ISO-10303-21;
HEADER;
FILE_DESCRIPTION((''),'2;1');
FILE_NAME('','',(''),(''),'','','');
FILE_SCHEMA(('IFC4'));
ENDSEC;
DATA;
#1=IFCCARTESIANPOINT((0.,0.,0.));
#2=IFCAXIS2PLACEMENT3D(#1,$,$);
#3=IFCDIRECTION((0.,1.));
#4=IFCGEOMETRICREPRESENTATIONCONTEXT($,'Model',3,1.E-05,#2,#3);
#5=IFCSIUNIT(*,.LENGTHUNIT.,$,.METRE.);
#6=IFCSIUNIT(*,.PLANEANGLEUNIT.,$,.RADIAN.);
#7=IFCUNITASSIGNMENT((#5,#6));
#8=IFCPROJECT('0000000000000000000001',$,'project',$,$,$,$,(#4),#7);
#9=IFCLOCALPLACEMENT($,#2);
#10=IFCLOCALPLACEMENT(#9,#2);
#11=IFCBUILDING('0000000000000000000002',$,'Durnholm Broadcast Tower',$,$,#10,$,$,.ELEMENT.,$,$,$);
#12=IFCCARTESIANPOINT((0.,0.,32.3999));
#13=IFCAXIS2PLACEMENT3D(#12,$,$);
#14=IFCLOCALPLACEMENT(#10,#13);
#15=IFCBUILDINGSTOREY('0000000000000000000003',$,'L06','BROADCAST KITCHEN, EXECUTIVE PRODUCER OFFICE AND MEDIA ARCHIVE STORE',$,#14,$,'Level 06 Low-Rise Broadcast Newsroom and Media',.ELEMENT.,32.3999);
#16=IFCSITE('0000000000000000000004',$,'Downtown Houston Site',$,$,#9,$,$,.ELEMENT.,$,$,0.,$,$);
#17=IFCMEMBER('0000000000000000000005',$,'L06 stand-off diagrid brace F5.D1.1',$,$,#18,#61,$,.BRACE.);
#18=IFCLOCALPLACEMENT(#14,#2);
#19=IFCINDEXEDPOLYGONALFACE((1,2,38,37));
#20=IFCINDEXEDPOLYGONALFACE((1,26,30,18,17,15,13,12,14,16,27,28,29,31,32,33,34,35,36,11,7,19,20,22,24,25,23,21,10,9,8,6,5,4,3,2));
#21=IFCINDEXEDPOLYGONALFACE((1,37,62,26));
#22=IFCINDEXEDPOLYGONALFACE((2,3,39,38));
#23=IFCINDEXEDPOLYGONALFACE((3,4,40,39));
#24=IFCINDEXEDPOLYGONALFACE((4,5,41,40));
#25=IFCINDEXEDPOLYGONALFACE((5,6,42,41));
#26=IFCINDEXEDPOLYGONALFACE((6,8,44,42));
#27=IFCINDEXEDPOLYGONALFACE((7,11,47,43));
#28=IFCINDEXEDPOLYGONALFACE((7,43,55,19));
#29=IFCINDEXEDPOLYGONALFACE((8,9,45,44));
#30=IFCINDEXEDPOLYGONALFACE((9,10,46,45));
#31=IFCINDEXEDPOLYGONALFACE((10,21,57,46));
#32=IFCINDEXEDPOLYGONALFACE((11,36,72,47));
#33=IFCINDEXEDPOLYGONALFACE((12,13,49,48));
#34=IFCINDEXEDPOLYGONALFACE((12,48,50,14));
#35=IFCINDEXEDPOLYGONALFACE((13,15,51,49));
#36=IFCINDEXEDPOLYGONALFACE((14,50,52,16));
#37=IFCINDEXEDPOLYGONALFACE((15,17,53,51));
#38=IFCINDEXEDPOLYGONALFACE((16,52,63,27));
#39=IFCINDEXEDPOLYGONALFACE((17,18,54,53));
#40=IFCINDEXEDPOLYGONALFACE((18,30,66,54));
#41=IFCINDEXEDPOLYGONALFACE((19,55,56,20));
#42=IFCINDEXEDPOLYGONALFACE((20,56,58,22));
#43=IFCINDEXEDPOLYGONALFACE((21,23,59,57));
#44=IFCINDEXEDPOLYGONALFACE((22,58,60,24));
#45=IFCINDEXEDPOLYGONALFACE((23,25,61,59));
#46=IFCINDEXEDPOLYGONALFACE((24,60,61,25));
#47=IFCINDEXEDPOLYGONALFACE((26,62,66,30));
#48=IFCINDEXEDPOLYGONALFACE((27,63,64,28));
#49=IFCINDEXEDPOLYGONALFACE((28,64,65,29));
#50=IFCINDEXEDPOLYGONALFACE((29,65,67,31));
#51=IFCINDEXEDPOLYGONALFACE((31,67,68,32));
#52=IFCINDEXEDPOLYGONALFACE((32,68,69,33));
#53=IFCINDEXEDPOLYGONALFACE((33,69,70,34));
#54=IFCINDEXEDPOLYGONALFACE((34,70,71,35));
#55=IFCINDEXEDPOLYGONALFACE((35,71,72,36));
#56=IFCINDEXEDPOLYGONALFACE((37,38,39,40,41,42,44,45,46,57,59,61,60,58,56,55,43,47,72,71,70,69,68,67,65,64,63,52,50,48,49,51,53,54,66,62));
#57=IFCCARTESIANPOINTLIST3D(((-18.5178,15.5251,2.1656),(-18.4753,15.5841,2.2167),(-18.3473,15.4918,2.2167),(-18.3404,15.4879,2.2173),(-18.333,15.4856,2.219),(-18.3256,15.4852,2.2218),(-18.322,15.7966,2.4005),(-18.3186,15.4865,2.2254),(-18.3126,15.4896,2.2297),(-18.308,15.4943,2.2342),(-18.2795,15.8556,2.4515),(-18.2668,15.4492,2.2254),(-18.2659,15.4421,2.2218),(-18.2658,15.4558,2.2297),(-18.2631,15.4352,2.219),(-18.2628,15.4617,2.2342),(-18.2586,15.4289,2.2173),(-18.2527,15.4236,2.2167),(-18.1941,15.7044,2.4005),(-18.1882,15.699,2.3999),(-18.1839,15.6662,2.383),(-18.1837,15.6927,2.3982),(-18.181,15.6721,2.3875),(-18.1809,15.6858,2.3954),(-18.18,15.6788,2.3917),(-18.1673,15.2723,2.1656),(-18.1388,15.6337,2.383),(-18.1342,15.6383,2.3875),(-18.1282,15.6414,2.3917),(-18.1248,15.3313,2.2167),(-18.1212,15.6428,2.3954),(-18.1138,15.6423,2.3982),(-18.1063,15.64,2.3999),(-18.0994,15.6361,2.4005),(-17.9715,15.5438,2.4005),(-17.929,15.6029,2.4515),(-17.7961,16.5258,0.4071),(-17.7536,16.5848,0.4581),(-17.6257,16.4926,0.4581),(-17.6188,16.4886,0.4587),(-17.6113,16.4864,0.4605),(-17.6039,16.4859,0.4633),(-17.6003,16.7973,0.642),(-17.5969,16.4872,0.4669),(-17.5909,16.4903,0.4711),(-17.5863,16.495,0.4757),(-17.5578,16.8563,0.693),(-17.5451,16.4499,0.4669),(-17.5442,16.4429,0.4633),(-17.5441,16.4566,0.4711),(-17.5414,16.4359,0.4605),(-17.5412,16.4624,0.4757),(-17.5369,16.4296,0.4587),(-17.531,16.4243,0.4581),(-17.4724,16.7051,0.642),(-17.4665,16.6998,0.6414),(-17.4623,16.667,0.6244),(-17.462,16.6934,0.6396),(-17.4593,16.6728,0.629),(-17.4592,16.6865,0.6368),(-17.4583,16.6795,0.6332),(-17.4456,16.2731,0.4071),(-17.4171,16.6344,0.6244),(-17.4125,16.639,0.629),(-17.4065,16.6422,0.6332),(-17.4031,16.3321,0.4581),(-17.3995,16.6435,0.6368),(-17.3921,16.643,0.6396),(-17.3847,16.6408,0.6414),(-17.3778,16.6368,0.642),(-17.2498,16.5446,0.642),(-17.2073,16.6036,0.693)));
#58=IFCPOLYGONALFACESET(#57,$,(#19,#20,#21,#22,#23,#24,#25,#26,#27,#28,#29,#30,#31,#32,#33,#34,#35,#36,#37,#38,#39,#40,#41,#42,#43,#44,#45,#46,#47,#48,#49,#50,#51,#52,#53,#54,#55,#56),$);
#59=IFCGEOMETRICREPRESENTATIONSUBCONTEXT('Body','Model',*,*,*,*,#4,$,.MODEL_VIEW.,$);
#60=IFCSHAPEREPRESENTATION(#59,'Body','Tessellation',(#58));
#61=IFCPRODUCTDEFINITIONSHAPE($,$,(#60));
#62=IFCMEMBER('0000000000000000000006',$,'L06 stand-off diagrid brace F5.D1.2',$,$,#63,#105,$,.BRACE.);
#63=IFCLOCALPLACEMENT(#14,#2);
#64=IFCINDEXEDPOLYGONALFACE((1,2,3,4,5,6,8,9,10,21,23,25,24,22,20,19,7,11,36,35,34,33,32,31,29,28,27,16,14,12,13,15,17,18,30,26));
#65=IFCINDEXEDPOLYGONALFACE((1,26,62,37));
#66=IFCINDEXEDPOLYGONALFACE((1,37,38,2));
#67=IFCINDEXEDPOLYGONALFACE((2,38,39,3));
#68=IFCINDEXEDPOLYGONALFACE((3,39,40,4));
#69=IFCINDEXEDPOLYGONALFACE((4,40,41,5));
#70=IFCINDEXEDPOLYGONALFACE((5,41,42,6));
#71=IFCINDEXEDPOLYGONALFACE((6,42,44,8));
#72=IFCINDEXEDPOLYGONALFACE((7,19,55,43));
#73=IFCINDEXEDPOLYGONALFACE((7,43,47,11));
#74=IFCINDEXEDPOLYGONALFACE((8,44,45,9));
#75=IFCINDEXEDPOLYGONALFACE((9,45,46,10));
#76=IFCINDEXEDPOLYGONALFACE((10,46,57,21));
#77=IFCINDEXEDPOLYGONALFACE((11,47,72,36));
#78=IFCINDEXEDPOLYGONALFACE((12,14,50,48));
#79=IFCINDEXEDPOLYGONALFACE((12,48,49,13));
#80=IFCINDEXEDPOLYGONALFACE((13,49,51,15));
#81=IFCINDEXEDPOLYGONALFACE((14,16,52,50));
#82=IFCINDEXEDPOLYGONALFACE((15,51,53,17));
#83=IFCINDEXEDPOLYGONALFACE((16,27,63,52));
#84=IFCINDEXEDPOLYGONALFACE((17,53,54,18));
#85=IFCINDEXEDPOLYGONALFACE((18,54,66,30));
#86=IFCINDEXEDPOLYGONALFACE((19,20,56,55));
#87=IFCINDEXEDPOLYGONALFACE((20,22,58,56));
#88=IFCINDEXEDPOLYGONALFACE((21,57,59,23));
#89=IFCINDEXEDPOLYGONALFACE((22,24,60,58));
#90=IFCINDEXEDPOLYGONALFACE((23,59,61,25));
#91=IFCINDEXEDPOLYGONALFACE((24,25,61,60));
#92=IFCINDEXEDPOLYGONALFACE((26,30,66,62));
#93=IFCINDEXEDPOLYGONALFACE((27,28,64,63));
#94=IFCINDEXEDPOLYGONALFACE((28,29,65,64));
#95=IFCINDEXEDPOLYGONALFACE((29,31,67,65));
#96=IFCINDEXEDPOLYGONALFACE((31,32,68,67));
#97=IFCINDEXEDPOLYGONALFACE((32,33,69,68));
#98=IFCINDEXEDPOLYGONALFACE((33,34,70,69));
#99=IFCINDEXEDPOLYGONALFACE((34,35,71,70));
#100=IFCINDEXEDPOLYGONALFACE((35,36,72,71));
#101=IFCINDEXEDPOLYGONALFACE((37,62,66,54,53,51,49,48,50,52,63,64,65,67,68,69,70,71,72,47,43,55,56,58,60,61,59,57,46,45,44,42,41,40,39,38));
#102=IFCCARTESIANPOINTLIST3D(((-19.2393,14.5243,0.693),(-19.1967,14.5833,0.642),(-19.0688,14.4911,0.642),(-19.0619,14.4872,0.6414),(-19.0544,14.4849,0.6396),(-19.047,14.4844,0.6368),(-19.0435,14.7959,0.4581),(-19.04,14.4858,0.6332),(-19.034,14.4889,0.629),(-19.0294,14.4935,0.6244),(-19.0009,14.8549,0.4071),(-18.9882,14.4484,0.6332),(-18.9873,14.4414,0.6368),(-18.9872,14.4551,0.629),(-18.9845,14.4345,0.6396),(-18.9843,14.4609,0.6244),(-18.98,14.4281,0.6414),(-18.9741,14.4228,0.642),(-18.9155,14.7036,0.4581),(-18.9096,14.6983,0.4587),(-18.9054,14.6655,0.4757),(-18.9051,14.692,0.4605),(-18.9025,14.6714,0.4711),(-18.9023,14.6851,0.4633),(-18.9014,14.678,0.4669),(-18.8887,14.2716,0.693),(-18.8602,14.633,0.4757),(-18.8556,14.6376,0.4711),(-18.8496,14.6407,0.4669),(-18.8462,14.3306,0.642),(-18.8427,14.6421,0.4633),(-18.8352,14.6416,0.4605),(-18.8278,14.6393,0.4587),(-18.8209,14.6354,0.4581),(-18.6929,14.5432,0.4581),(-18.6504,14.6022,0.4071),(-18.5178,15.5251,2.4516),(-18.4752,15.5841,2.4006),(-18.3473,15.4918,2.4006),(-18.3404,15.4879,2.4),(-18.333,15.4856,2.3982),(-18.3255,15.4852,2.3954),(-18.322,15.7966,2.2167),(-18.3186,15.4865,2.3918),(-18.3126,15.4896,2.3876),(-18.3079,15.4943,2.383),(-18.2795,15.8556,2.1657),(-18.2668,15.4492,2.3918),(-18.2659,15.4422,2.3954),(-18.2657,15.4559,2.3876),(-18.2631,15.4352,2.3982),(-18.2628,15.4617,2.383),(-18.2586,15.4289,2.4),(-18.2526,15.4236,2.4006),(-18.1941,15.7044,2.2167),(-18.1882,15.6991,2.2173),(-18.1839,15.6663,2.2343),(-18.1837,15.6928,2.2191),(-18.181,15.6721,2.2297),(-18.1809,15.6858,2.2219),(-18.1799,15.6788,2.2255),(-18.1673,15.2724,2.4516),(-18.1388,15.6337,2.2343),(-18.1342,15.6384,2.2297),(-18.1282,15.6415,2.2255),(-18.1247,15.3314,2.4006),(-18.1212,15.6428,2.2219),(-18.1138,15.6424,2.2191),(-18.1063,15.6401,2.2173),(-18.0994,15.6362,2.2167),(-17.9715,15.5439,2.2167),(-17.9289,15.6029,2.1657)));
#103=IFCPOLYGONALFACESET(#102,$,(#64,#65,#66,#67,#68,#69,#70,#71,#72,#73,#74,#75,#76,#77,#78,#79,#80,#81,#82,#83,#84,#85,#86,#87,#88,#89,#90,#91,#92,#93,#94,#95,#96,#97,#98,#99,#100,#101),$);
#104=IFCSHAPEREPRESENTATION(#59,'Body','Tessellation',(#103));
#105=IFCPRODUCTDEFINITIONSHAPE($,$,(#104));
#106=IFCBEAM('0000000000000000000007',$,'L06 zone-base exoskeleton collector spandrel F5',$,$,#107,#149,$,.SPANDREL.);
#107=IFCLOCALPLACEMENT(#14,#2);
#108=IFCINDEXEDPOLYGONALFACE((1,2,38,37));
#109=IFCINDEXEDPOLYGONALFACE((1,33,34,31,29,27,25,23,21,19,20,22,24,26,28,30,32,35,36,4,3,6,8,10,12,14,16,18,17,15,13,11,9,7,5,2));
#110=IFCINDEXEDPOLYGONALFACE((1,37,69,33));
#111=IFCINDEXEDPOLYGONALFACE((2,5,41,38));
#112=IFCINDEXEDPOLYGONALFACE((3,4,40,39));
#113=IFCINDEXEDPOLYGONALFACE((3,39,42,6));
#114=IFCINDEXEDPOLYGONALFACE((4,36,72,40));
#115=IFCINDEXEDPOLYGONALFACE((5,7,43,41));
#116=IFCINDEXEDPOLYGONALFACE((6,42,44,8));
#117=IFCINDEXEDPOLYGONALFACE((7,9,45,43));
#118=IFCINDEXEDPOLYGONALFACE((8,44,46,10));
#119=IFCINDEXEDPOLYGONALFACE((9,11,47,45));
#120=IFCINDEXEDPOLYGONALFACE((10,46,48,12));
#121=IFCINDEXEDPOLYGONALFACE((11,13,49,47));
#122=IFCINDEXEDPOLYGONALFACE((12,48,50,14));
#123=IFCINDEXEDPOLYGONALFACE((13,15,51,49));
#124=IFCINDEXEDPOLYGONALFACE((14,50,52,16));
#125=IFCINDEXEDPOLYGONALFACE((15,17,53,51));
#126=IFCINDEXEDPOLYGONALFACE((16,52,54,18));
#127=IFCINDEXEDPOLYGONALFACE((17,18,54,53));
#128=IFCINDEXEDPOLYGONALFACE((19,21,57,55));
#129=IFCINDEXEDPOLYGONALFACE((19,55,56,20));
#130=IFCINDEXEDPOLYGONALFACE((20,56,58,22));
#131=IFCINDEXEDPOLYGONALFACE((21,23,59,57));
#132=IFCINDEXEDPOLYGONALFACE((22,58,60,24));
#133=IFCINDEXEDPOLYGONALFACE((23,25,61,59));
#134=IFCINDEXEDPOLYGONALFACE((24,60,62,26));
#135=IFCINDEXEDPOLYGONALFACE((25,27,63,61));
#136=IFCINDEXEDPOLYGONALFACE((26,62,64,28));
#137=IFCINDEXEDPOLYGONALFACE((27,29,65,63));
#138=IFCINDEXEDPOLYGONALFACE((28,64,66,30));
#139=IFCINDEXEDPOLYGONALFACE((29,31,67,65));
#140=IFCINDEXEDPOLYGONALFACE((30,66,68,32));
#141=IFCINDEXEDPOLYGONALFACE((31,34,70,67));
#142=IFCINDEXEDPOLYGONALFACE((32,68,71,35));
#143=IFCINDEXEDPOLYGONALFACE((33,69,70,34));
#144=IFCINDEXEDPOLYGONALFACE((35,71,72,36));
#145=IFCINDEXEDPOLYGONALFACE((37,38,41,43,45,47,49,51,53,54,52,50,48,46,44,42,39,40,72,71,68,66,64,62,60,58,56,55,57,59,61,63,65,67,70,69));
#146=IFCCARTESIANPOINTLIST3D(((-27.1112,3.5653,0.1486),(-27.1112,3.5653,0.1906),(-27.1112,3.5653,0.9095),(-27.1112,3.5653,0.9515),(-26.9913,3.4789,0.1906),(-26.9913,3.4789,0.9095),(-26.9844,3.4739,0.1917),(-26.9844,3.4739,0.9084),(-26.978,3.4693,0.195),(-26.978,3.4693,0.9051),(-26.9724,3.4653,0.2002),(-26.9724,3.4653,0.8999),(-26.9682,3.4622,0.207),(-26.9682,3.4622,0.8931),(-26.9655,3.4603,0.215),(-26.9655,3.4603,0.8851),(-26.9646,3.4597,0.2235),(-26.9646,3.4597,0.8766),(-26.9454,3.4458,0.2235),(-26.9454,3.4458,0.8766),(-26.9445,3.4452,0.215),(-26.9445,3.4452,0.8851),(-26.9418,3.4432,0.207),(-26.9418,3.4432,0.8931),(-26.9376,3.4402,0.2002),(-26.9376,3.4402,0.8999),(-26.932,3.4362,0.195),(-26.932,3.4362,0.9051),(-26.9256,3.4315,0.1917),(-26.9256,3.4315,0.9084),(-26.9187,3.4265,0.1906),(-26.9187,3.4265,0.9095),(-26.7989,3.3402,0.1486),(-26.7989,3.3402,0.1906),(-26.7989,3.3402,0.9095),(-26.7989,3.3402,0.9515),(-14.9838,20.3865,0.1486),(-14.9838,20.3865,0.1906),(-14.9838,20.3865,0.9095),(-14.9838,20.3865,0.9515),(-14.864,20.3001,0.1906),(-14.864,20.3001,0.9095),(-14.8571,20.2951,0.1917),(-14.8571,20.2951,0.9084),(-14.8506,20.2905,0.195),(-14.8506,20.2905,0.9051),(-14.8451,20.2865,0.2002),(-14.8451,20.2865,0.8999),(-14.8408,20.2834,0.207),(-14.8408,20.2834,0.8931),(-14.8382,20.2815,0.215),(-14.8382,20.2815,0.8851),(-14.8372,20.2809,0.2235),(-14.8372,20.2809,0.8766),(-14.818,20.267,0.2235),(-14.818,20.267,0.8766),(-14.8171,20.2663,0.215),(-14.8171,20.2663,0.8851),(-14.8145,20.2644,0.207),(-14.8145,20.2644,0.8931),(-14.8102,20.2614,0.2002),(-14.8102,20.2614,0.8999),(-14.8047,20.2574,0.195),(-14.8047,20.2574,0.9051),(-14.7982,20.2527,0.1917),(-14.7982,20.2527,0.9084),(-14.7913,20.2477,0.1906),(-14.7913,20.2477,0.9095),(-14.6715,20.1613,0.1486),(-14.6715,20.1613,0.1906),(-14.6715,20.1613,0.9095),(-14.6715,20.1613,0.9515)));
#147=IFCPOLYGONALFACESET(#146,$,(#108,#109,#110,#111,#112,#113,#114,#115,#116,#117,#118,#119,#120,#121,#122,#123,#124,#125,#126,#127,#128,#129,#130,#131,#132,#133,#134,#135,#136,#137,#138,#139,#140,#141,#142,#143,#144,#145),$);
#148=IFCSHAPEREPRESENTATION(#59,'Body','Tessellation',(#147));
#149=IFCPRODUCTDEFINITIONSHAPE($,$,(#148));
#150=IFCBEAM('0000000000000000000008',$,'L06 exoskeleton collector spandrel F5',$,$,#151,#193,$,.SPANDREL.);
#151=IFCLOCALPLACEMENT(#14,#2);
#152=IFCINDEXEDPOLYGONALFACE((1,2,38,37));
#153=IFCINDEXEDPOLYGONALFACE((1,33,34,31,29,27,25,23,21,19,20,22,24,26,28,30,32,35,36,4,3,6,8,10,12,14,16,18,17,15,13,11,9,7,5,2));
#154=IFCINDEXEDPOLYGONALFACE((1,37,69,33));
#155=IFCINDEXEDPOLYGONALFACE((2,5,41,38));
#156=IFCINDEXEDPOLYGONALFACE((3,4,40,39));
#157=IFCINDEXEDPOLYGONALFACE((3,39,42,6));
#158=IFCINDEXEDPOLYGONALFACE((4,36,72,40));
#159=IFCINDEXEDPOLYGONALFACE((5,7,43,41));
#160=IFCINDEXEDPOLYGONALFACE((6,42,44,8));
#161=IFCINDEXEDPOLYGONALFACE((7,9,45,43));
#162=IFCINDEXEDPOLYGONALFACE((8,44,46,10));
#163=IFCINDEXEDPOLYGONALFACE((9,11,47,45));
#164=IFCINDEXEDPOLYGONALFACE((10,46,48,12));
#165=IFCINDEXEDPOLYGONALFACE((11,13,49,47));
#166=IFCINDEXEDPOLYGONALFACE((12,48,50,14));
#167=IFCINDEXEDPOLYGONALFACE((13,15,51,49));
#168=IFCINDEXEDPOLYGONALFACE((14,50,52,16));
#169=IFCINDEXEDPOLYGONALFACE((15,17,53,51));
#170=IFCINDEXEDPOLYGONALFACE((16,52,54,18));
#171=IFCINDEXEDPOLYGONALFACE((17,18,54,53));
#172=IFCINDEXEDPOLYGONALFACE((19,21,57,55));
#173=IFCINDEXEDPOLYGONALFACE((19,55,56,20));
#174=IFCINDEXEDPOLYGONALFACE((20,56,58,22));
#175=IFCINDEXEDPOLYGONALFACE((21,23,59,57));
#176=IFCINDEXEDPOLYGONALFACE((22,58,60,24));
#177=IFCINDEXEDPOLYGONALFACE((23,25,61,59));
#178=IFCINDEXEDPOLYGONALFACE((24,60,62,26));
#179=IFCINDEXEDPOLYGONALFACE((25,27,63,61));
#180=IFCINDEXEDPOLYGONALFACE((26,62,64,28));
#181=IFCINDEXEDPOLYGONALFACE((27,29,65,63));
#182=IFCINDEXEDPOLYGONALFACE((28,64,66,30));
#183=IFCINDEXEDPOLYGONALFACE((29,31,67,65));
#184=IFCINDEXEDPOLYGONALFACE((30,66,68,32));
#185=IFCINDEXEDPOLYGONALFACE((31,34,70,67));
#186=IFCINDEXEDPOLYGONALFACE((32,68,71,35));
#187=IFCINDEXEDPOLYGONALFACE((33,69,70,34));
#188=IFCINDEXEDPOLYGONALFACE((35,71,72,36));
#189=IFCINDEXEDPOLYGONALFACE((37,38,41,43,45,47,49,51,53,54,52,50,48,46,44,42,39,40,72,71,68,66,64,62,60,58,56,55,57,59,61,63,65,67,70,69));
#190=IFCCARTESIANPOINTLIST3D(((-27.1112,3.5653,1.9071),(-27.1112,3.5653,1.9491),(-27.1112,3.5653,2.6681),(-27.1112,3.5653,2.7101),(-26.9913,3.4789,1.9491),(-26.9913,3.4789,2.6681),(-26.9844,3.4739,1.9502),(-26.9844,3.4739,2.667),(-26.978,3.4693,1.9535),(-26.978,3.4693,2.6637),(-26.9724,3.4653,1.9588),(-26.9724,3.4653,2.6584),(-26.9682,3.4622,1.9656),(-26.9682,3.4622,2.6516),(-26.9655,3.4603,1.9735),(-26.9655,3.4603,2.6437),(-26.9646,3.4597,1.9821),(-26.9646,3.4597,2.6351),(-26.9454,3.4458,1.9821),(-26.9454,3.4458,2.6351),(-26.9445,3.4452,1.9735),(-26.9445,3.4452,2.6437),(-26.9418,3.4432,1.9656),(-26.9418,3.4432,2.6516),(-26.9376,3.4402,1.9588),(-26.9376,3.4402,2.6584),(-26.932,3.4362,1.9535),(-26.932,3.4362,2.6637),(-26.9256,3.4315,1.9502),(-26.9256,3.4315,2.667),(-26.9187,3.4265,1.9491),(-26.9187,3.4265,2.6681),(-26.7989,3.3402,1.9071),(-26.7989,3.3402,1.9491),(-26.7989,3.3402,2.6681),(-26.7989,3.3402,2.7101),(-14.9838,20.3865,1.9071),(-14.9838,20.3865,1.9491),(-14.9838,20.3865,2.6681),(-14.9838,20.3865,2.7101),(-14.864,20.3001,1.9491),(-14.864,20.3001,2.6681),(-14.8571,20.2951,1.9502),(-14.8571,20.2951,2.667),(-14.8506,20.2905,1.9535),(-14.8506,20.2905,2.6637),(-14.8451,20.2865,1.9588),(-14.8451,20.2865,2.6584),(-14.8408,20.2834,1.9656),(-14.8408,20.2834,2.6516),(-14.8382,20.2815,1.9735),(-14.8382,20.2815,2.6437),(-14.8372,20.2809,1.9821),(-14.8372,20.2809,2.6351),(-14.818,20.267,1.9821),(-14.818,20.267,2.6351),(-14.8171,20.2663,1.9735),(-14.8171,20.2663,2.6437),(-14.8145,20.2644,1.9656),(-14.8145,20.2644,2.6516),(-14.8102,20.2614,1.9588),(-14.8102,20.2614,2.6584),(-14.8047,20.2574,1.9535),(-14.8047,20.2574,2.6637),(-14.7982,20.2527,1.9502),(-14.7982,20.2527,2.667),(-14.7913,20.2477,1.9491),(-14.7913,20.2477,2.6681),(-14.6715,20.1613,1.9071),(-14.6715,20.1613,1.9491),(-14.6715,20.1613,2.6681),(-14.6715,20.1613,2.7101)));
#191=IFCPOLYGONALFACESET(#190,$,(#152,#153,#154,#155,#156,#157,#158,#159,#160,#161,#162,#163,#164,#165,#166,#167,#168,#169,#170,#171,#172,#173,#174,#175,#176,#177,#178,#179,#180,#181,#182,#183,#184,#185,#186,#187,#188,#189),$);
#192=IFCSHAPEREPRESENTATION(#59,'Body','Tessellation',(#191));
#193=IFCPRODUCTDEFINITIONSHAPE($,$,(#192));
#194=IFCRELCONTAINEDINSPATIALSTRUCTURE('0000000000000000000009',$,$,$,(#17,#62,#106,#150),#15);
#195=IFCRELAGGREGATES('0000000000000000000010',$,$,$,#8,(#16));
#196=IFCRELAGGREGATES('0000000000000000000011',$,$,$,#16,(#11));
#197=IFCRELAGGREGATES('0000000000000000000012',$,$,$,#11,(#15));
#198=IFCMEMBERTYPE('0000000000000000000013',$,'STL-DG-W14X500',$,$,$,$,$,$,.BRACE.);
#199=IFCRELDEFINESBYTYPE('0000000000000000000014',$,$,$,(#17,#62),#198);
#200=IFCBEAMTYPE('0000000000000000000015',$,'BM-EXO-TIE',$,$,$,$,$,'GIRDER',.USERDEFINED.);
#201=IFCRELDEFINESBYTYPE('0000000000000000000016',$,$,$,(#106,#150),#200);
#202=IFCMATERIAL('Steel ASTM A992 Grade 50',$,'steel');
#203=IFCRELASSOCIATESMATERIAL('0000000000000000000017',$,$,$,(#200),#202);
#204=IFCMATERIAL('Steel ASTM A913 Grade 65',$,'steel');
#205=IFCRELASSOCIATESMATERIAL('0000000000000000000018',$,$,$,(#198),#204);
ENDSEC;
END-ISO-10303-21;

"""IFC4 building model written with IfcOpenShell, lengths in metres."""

from ifc_helpers import new_model, si_unit, direction, frame, origin, origin_2d, place, context, subcontext, project, spatial, i_section, extrude, source, transform, mapped, material, material_profile, profile_set, type_object, type_shapes, element, save


model = new_model("IFC4")

# Units and contexts
model_context = context("Model", 3, precision=1e-05, world=origin(), true_north=direction((0.0, 1.0)))
body_context = subcontext(model_context, "Body", "Model", "MODEL_VIEW")
ifc_project = project(units=[si_unit("LENGTHUNIT", "METRE"), si_unit("PLANEANGLEUNIT", "RADIAN")], contexts=[model_context])

# Site, building, storey
site_placement = place(None, origin())
site = spatial("IfcSite", under=ifc_project, at=site_placement, Name="Downtown Houston Site", CompositionType="ELEMENT", RefElevation=0.0)
building_placement = place(site_placement, origin())
building = spatial("IfcBuilding", under=site, at=building_placement, Name="Durnholm Broadcast Tower", CompositionType="ELEMENT")
storey_placement = place(building_placement, frame((0.0, 0.0, 32.3999)))
storey = spatial("IfcBuildingStorey", under=building, at=storey_placement, Name="L06", Description="BROADCAST KITCHEN, EXECUTIVE PRODUCER OFFICE AND MEDIA ARCHIVE STORE", LongName="Level 06 Low-Rise Broadcast Newsroom and Media", CompositionType="ELEMENT", Elevation=32.3999)

# Shared definitions
ifc_material_1 = material(Name="Steel ASTM A992 Grade 50", Category="steel")
ifc_material_profile_1 = material_profile(ifc_material_1, i_section(OverallWidth=0.385, OverallDepth=0.803, WebThickness=0.0237, FlangeThickness=0.042, FilletRadius=0.033, at=origin_2d()), Name="W30X261")
ifc_profile_set_1 = profile_set([ifc_material_profile_1], Name="Steel ASTM A992 Grade 50")
beam_type_1 = type_object("IfcBeamType", Name="BM-EXO-TIE", ElementType="GIRDER", PredefinedType="USERDEFINED", material=ifc_profile_set_1)

# Members
ifc_material_2 = material(Name="Steel ASTM A913 Grade 65", Category="steel")
ifc_material_profile_2 = material_profile(ifc_material_2, i_section(OverallWidth=0.4321, OverallDepth=0.4978, WebThickness=0.0557, FlangeThickness=0.0889, FilletRadius=0.0305, at=origin_2d()), Name="W14X500")
ifc_profile_set_2 = profile_set([ifc_material_profile_2], Name="Steel ASTM A913 Grade 65")
member_type_1 = type_object("IfcMemberType", Name="STL-DG-W14X500", PredefinedType="BRACE", material=ifc_profile_set_2)
shared_shape_1 = source(origin(), body_context, "Body", "SweptSolid", [
    extrude(i_section(OverallWidth=0.4321, OverallDepth=0.4978, WebThickness=0.0557, FlangeThickness=0.0889, FilletRadius=0.0305, at=origin_2d()), origin(), (0.0, 0.0, 1.0), 2.1482),
])
type_shapes(member_type_1, [shared_shape_1])
for number, where, z_axis, x_axis, name in (
    (1, (-17.5017, 16.5647, 0.55), (-0.335946, -0.465847, 0.818613), (0.811091, -0.58492, 0.0), "L06 stand-off diagrid brace F5.D1.1"),
    (2, (-18.9448, 14.5632, 0.55), (0.335845, 0.465865, 0.818644), (-0.811185, 0.584789, 0.0), "L06 stand-off diagrid brace F5.D1.2"),
):
    element("IfcMember", number, at=place(storey_placement, frame(where, z_axis=z_axis, x_axis=x_axis)), inside=storey, type_object=member_type_1, Name=name, PredefinedType="BRACE", context=body_context, shape_type="MappedRepresentation", body=[
        mapped(shared_shape_1, transform((0.0, 0.0, 0.0), x_axis=(1.0, 0.0, 0.0), y_axis=(0.0, 1.0, 0.0), z_axis=(0.0, 0.0, 1.0), scale=1.0)),
    ])

# Beams
shared_shape_2 = source(origin(), body_context, "Body", "SweptSolid", [
    extrude(i_section(OverallWidth=0.385, OverallDepth=0.803, WebThickness=0.0237, FlangeThickness=0.042, FilletRadius=0.033, at=origin_2d()), origin(), (0.0, 0.0, 1.0), 20.7371),
])
for number, where, z_axis, x_axis, name in (
    (3, (-14.8276, 20.2739, 0.55), (-0.584816, -0.811166, 0.0), (0.811166, -0.584816, 0.0), "L06 zone-base exoskeleton collector spandrel F5"),
    (4, (-14.8276, 20.2739, 2.3086), (-0.584816, -0.811166, 0.0), (0.811166, -0.584816, 0.0), "L06 exoskeleton collector spandrel F5"),
):
    element("IfcBeam", number, at=place(storey_placement, frame(where, z_axis=z_axis, x_axis=x_axis)), inside=storey, type_object=beam_type_1, Name=name, PredefinedType="SPANDREL", context=body_context, shape_type="MappedRepresentation", body=[
        mapped(shared_shape_2, transform((0.0, 0.0, 0.0), x_axis=(1.0, 0.0, 0.0), y_axis=(0.0, 1.0, 0.0), z_axis=(0.0, 0.0, 1.0), scale=1.0)),
    ])

save(model, "model.ifc")
